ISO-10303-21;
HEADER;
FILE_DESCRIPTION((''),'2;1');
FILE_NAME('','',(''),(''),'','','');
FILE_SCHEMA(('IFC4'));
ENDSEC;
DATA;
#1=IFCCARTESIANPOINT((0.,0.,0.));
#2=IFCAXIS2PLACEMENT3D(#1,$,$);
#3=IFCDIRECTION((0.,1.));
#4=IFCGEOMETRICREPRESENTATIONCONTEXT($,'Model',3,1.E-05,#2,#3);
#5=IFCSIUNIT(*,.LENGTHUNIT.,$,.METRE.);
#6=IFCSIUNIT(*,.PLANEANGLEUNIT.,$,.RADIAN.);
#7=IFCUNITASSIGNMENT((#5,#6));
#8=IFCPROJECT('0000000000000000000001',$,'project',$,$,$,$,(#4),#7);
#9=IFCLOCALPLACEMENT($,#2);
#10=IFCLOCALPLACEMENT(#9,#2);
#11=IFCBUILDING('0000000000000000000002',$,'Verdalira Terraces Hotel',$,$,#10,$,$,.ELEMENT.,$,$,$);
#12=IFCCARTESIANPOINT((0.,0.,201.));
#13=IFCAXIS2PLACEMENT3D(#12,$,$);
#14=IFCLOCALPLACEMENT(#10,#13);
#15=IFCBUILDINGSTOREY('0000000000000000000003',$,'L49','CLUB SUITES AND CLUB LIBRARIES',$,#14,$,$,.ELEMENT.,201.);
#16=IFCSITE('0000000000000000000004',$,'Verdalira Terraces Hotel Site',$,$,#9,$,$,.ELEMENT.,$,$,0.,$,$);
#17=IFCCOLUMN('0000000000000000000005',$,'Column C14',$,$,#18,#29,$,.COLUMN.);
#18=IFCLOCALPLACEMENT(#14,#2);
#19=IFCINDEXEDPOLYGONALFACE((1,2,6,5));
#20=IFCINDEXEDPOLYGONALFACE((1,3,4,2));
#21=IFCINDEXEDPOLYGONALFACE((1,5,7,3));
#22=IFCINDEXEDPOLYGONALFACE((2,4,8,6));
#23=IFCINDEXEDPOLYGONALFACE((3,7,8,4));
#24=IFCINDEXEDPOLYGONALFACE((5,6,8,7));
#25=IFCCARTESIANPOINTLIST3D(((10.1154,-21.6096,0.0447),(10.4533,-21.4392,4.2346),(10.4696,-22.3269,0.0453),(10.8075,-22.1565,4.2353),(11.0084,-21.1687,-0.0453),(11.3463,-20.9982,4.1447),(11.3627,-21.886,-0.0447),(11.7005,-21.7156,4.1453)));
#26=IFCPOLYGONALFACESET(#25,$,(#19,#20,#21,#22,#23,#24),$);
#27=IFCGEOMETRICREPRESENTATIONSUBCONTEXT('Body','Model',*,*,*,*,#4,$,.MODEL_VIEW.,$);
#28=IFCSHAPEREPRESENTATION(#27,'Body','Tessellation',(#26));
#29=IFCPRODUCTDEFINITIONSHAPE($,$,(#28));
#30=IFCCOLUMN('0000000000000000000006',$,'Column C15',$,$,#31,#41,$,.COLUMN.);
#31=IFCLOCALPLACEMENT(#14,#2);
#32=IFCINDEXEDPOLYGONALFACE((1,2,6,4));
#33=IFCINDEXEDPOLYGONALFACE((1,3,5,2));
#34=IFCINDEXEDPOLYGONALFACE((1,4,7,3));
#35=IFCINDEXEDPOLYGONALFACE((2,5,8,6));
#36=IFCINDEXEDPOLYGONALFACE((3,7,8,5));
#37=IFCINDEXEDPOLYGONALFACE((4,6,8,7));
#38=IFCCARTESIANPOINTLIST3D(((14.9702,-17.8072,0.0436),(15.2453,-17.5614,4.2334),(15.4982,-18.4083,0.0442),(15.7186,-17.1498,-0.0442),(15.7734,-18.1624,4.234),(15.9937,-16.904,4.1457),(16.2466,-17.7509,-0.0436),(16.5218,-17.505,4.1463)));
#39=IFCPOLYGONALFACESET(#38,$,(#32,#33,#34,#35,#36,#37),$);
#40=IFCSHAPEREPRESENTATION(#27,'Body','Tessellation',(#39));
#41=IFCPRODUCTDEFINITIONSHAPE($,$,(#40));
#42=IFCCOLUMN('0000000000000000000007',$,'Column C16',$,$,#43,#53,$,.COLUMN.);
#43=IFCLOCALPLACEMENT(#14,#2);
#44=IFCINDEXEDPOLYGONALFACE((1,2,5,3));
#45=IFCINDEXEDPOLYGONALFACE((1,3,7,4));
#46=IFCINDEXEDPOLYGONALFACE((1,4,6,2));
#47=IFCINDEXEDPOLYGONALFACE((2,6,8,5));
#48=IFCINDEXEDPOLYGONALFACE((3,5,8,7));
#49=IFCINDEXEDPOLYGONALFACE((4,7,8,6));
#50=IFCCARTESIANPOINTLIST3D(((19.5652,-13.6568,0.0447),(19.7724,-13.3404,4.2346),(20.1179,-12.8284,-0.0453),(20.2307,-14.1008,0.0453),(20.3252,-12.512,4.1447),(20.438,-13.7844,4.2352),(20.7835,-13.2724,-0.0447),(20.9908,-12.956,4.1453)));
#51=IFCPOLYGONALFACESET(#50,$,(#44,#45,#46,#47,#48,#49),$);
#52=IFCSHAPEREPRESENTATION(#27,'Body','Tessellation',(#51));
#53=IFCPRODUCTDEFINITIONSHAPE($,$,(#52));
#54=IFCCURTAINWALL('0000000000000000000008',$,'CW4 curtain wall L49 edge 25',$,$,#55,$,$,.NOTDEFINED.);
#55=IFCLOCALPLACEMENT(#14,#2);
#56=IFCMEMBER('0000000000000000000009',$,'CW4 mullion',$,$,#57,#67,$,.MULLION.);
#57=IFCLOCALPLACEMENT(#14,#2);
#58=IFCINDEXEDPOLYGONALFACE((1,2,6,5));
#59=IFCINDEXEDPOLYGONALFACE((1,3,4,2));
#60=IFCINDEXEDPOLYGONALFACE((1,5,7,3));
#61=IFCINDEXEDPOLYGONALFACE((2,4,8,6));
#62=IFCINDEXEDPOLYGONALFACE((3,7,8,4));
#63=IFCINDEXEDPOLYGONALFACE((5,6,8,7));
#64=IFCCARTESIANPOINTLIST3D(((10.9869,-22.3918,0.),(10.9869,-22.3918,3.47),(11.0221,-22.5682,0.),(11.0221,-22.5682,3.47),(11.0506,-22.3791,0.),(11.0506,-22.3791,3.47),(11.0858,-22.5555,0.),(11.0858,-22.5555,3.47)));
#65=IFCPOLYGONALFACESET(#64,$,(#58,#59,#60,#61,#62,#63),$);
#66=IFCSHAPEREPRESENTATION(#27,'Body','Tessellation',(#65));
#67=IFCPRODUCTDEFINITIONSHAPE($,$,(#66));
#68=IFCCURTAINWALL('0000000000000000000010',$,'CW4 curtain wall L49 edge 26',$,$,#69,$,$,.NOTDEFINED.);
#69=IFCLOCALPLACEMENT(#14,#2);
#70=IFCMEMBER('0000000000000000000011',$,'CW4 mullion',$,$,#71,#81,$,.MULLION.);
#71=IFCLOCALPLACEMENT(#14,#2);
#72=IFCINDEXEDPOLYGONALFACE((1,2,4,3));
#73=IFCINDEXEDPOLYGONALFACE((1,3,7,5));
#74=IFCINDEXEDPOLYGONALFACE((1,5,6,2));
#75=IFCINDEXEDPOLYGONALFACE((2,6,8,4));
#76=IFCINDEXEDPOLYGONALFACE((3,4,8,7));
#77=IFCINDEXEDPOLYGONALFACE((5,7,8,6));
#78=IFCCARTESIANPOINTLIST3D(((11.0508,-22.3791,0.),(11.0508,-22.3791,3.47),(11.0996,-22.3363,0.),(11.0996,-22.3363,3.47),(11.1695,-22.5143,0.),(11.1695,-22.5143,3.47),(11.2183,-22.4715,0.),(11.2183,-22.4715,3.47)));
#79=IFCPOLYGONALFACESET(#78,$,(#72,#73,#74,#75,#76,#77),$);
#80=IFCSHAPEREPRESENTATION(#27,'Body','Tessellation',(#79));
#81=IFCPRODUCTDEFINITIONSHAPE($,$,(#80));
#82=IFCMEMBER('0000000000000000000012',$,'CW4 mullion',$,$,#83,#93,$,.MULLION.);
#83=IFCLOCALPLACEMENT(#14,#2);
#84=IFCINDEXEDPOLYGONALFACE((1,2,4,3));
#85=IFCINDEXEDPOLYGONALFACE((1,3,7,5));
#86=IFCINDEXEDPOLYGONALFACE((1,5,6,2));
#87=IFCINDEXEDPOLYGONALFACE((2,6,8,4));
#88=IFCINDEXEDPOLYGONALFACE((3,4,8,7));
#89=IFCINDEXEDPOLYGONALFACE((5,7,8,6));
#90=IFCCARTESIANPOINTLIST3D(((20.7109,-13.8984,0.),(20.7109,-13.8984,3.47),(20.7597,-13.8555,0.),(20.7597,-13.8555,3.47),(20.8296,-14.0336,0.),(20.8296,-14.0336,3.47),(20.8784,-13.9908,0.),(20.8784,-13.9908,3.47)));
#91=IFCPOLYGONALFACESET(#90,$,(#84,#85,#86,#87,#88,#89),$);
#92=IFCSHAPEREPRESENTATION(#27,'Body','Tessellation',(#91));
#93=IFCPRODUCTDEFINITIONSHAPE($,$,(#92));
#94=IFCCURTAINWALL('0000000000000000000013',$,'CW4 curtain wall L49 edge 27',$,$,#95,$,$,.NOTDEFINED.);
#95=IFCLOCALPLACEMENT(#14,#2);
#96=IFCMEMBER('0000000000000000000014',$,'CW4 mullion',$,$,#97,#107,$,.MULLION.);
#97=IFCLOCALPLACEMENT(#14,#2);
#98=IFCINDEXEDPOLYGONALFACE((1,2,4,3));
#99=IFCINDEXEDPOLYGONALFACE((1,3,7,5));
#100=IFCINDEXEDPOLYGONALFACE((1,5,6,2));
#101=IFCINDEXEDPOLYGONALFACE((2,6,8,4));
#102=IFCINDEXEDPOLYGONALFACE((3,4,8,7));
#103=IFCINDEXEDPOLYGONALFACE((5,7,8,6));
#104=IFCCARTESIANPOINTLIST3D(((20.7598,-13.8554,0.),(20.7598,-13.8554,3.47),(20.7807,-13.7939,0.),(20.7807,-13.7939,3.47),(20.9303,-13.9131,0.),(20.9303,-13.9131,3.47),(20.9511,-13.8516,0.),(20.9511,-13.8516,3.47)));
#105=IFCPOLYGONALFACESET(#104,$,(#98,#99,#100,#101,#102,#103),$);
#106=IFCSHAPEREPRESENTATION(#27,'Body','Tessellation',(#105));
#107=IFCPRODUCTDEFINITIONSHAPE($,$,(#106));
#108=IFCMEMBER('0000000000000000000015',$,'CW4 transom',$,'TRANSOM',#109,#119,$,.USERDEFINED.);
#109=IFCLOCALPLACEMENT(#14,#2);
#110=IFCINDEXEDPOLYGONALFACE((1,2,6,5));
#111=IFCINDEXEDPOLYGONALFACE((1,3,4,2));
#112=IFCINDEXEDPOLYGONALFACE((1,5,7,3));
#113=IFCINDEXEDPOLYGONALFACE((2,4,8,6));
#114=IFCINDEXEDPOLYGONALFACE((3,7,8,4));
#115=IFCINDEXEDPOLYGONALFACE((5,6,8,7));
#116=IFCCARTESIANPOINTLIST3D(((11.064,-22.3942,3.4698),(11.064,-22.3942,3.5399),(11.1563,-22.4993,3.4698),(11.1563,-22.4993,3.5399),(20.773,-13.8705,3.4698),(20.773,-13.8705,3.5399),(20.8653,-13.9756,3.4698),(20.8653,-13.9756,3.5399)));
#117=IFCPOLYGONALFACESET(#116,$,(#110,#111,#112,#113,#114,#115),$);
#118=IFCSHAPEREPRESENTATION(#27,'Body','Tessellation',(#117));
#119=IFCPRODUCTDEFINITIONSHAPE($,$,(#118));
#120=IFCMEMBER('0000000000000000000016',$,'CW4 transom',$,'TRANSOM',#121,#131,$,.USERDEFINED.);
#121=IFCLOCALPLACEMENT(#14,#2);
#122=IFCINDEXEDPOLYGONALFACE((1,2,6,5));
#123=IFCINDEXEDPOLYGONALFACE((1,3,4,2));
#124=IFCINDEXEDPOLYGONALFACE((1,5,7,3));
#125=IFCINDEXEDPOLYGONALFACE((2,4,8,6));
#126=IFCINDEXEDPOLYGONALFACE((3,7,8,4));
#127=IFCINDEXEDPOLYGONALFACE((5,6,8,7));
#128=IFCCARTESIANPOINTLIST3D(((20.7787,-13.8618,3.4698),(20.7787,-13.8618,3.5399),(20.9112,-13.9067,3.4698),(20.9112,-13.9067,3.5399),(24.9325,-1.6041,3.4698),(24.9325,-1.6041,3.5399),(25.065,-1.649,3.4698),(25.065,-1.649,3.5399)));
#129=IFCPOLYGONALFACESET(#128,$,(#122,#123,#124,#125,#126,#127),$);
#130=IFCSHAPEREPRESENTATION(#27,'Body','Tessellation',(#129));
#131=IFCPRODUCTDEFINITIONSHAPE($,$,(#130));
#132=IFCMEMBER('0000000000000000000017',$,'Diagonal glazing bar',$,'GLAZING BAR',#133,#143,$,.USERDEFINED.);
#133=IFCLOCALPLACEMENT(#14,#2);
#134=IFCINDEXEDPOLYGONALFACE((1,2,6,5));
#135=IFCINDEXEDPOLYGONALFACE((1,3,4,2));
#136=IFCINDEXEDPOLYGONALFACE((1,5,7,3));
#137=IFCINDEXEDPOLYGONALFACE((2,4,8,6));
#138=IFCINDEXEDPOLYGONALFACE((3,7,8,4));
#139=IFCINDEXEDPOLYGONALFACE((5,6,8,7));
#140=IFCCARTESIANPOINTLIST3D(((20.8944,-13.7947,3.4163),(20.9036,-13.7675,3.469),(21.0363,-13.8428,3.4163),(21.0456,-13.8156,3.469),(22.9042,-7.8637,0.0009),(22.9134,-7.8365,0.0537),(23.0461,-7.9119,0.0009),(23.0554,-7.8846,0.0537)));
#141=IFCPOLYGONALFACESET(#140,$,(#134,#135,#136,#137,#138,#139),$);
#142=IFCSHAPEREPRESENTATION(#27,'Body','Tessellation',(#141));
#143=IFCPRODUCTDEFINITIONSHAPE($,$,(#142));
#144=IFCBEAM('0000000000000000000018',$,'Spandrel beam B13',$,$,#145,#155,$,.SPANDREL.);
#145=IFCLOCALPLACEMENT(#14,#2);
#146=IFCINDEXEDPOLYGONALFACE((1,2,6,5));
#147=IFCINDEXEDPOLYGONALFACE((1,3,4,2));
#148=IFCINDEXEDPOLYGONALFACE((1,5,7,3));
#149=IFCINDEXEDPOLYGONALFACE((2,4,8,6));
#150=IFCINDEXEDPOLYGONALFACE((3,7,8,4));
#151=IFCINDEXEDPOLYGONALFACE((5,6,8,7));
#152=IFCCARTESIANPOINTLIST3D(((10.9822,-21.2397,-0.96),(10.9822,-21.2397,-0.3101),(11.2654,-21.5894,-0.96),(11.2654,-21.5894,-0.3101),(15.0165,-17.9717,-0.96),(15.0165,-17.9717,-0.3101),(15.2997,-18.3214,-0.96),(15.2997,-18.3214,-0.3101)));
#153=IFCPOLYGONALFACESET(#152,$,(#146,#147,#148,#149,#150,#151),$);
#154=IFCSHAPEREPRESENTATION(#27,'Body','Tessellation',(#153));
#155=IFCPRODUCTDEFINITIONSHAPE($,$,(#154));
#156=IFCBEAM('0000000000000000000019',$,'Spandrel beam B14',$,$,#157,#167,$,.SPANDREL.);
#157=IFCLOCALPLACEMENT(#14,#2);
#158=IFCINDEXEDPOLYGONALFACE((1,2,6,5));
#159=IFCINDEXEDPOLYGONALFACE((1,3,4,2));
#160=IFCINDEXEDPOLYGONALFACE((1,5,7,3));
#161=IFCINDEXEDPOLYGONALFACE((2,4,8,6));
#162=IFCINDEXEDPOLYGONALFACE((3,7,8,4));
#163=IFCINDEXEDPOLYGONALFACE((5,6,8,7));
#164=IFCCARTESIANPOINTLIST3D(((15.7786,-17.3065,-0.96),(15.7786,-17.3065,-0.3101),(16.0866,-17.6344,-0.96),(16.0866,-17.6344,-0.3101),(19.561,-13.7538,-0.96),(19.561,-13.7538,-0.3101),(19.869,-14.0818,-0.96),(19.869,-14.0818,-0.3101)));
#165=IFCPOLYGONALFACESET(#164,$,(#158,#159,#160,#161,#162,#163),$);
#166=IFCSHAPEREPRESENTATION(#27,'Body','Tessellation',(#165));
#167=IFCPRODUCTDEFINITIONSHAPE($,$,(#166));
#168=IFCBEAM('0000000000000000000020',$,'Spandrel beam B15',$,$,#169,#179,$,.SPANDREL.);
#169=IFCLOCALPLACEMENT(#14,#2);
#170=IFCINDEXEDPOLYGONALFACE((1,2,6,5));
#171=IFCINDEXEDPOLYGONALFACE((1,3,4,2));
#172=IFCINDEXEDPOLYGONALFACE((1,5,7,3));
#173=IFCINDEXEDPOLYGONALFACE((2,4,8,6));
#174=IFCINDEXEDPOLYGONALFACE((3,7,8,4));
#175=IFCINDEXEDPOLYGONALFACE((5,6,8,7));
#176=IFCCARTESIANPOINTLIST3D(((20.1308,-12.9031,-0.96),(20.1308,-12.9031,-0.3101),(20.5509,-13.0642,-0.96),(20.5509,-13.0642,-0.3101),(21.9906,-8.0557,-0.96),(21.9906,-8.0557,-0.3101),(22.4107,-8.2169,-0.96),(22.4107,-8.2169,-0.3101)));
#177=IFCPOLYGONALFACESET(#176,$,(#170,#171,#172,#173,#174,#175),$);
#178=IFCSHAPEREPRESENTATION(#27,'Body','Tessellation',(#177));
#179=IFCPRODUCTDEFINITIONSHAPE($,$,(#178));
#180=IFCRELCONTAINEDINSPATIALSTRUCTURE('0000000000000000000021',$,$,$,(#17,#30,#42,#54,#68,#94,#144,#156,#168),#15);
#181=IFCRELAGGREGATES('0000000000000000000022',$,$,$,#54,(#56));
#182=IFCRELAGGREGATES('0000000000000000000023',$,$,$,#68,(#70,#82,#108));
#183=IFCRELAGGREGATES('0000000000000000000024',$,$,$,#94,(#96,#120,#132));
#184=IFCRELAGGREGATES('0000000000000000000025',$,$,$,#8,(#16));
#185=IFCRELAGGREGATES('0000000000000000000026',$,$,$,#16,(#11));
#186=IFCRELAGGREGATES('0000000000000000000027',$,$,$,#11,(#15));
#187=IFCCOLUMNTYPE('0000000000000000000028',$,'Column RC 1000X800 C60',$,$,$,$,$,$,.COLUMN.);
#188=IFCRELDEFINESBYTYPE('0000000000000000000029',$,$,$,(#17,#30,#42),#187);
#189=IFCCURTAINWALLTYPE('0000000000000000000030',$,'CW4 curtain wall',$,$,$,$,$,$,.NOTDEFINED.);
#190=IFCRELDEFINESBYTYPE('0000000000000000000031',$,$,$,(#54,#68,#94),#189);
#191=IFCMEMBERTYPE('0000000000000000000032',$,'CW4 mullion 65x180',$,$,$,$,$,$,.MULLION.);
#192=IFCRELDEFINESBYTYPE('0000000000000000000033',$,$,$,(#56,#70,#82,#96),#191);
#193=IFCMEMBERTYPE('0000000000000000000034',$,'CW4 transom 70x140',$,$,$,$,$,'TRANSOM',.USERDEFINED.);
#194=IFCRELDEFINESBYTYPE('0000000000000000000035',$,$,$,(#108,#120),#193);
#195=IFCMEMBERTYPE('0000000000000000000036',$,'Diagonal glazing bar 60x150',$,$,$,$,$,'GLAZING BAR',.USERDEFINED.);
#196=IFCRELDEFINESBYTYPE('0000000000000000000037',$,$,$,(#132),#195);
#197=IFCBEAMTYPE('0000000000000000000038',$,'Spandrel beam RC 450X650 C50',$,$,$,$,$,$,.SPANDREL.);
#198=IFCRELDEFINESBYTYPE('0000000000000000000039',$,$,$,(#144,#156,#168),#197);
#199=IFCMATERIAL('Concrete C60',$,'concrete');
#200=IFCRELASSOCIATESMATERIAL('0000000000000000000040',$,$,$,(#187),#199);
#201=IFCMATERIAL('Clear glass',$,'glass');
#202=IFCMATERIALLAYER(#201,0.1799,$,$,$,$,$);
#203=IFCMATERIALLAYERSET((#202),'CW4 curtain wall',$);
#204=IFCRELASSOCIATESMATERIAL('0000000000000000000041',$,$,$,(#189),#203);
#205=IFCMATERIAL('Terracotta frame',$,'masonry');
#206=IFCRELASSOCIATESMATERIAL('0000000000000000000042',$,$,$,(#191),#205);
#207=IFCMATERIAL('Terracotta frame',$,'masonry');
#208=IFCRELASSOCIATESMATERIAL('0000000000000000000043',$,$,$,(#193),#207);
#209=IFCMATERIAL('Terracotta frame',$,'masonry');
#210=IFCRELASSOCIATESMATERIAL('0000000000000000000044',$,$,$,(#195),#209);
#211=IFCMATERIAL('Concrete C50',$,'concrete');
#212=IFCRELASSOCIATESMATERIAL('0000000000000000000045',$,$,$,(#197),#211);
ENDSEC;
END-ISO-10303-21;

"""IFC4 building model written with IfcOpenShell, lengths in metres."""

from ifc_helpers import new_model, si_unit, direction, frame, origin, origin_2d, place, context, subcontext, project, spatial, rectangle, extrude, material, layer, layer_set, material_profile, profile_set, type_object, element, aggregate, save


model = new_model("IFC4")

# Units and contexts
model_context = context("Model", 3, precision=1e-05, world=origin(), true_north=direction((0.0, 1.0)))
body_context = subcontext(model_context, "Body", "Model", "MODEL_VIEW")
ifc_project = project(units=[si_unit("LENGTHUNIT", "METRE"), si_unit("PLANEANGLEUNIT", "RADIAN")], contexts=[model_context])

# Site, building, storey
site_placement = place(None, origin())
site = spatial("IfcSite", under=ifc_project, at=site_placement, Name="Verdalira Terraces Hotel Site", CompositionType="ELEMENT", RefElevation=0.0)
building_placement = place(site_placement, origin())
building = spatial("IfcBuilding", under=site, at=building_placement, Name="Verdalira Terraces Hotel", CompositionType="ELEMENT")
storey_placement = place(building_placement, frame((0.0, 0.0, 201.0)))
storey = spatial("IfcBuildingStorey", under=building, at=storey_placement, Name="L49", Description="CLUB SUITES AND CLUB LIBRARIES", CompositionType="ELEMENT", Elevation=201.0)

# Columns
ifc_material_1 = material(Name="Concrete C60", Category="concrete")
ifc_material_profile_1 = material_profile(ifc_material_1, rectangle(XDim=1.0, YDim=0.8, at=origin_2d()), Name="RC 1000X800")
ifc_profile_set_1 = profile_set([ifc_material_profile_1], Name="Concrete C60")
column_type = type_object("IfcColumnType", Name="Column RC 1000X800 C60", PredefinedType="COLUMN", material=ifc_profile_set_1)
column_1_placement = place(storey_placement, frame((10.739, -21.7478, 0.0), z_axis=(0.080316, 0.040506, 0.995946), x_axis=(-0.893011, -0.440955, 0.089949)))
element("IfcColumn", 1, at=column_1_placement, inside=storey, type_object=column_type, Name="Column C14", PredefinedType="COLUMN", context=body_context, shape_type="SweptSolid", body=[
    extrude(rectangle(XDim=1.0, YDim=0.8, at=origin_2d()), origin(), (0.0, 0.0, 1.0), 4.207),
])
column_2_placement = place(storey_placement, frame((15.6084, -17.7791, 0.0), z_axis=(0.065415, 0.05845, 0.996145), x_axis=(0.748394, 0.657428, -0.087721)))
element("IfcColumn", 2, at=column_2_placement, inside=storey, type_object=column_type, Name="Column C15", PredefinedType="COLUMN", context=body_context, shape_type="SweptSolid", body=[
    extrude(rectangle(XDim=1.0, YDim=0.8, at=origin_2d()), origin(), (0.0, 0.0, 1.0), 4.2061),
])
column_3_placement = place(storey_placement, frame((20.1743, -13.4646, 0.0), z_axis=(0.049269, 0.07521, 0.99595), x_axis=(-0.552778, -0.828464, 0.089908)))
element("IfcColumn", 3, at=column_3_placement, inside=storey, type_object=column_type, Name="Column C16", PredefinedType="COLUMN", context=body_context, shape_type="SweptSolid", body=[
    extrude(rectangle(XDim=1.0, YDim=0.8, at=origin_2d()), origin(), (0.0, 0.0, 1.0), 4.207),
])

# Curtain wall, member
ifc_material_2 = material(Name="Clear glass", Category="glass")
ifc_layer_1 = layer(ifc_material_2, 0.1799)
ifc_layer_set_1 = layer_set([ifc_layer_1], Name="CW4 curtain wall")
curtain_wall_type = type_object("IfcCurtainWallType", Name="CW4 curtain wall", PredefinedType="NOTDEFINED", material=ifc_layer_set_1)
curtain_wall_1_placement = place(storey_placement, origin())
curtain_wall_1 = element("IfcCurtainWall", 4, at=curtain_wall_1_placement, inside=storey, type_object=curtain_wall_type, Name="CW4 curtain wall L49 edge 25", PredefinedType="NOTDEFINED")
ifc_material_3 = material(Name="Terracotta frame", Category="masonry")
ifc_material_profile_2 = material_profile(ifc_material_3, rectangle(XDim=0.0649, YDim=0.1799, at=origin_2d()), Name="MU 65x180")
ifc_profile_set_2 = profile_set([ifc_material_profile_2], Name="Terracotta frame")
member_type_1 = type_object("IfcMemberType", Name="CW4 mullion 65x180", PredefinedType="MULLION", material=ifc_profile_set_2)
member_1_placement = place(storey_placement, frame((11.0364, -22.4736, 0.0), z_axis=(0.0, 0.0, 1.0), x_axis=(0.980683, 0.195604, 0.0)))
member_1 = element("IfcMember", 5, at=member_1_placement, type_object=member_type_1, Name="CW4 mullion", PredefinedType="MULLION", context=body_context, shape_type="SweptSolid", body=[
    extrude(rectangle(XDim=0.0649, YDim=0.1799, at=origin_2d()), origin(), (0.0, 0.0, 1.0), 3.47),
])
aggregate(curtain_wall_1, [member_1])

# Curtain wall, members
curtain_wall_2_placement = place(storey_placement, origin())
curtain_wall_2 = element("IfcCurtainWall", 6, at=curtain_wall_2_placement, inside=storey, type_object=curtain_wall_type, Name="CW4 curtain wall L49 edge 26", PredefinedType="NOTDEFINED")
member_2_placement = place(storey_placement, frame((11.1345, -22.4253, 0.0), z_axis=(0.0, 0.0, 1.0), x_axis=(0.751494, 0.659739, 0.0)))
member_2 = element("IfcMember", 7, at=member_2_placement, type_object=member_type_1, Name="CW4 mullion", PredefinedType="MULLION", context=body_context, shape_type="SweptSolid", body=[
    extrude(rectangle(XDim=0.0649, YDim=0.1799, at=origin_2d()), origin(), (0.0, 0.0, 1.0), 3.47),
])
member_3_placement = place(storey_placement, frame((20.7947, -13.9446, 0.0), z_axis=(0.0, 0.0, 1.0), x_axis=(0.751494, 0.659739, 0.0)))
member_3 = element("IfcMember", 8, at=member_3_placement, type_object=member_type_1, Name="CW4 mullion", PredefinedType="MULLION", context=body_context, shape_type="SweptSolid", body=[
    extrude(rectangle(XDim=0.0649, YDim=0.1799, at=origin_2d()), origin(), (0.0, 0.0, 1.0), 3.47),
])

# Curtain wall, member
curtain_wall_3_placement = place(storey_placement, origin())
curtain_wall_3 = element("IfcCurtainWall", 9, at=curtain_wall_3_placement, inside=storey, type_object=curtain_wall_type, Name="CW4 curtain wall L49 edge 27", PredefinedType="NOTDEFINED")
member_4_placement = place(storey_placement, frame((20.8555, -13.8535, 0.0), z_axis=(0.0, 0.0, 1.0), x_axis=(0.320944, 0.947098, 0.0)))
member_4 = element("IfcMember", 10, at=member_4_placement, type_object=member_type_1, Name="CW4 mullion", PredefinedType="MULLION", context=body_context, shape_type="SweptSolid", body=[
    extrude(rectangle(XDim=0.0649, YDim=0.1799, at=origin_2d()), origin(), (0.0, 0.0, 1.0), 3.47),
])

# Members
ifc_material_4 = material(Name="Terracotta frame", Category="masonry")
ifc_material_profile_3 = material_profile(ifc_material_4, rectangle(XDim=0.1399, YDim=0.0701, at=origin_2d()), Name="TR 70x140")
ifc_profile_set_3 = profile_set([ifc_material_profile_3], Name="Terracotta frame")
member_type_2 = type_object("IfcMemberType", Name="CW4 transom 70x140", ElementType="TRANSOM", PredefinedType="USERDEFINED", material=ifc_profile_set_3)
member_5_placement = place(storey_placement, frame((11.1101, -22.4468, 3.5049), z_axis=(0.751489, 0.659745, 0.0), x_axis=(-0.659745, 0.751489, 0.0)))
member_5 = element("IfcMember", 11, at=member_5_placement, type_object=member_type_2, Name="CW4 transom", ObjectType="TRANSOM", PredefinedType="USERDEFINED", context=body_context, shape_type="SweptSolid", body=[
    extrude(rectangle(XDim=0.1399, YDim=0.0701, at=origin_2d()), origin(), (0.0, 0.0, 1.0), 12.9197),
])
member_6_placement = place(storey_placement, frame((20.845, -13.8843, 3.5049), z_axis=(0.320943, 0.947098, 0.0), x_axis=(-0.947098, 0.320943, 0.0)))
member_6 = element("IfcMember", 12, at=member_6_placement, type_object=member_type_2, Name="CW4 transom", ObjectType="TRANSOM", PredefinedType="USERDEFINED", context=body_context, shape_type="SweptSolid", body=[
    extrude(rectangle(XDim=0.1399, YDim=0.0701, at=origin_2d()), origin(), (0.0, 0.0, 1.0), 12.9424),
])
ifc_material_5 = material(Name="Terracotta frame", Category="masonry")
ifc_material_profile_4 = material_profile(ifc_material_5, rectangle(XDim=0.1499, YDim=0.0601, at=origin_2d()), Name="GB 60x150")
ifc_profile_set_4 = profile_set([ifc_material_profile_4], Name="Terracotta frame")
member_type_3 = type_object("IfcMemberType", Name="Diagonal glazing bar 60x150", ElementType="GLAZING BAR", PredefinedType="USERDEFINED", material=ifc_profile_set_4)
member_7_placement = place(storey_placement, frame((20.97, -13.8052, 3.4426), z_axis=(0.281758, 0.83148, -0.478804), x_axis=(-0.9471, 0.320937, 0.0)))
member_7 = element("IfcMember", 13, at=member_7_placement, type_object=member_type_3, Name="Diagonal glazing bar", ObjectType="GLAZING BAR", PredefinedType="USERDEFINED", context=body_context, shape_type="SweptSolid", body=[
    extrude(rectangle(XDim=0.1499, YDim=0.0601, at=origin_2d()), origin(), (0.0, 0.0, 1.0), 7.1331),
])

# Beams
ifc_material_6 = material(Name="Concrete C50", Category="concrete")
ifc_material_profile_5 = material_profile(ifc_material_6, rectangle(XDim=0.45, YDim=0.6499, at=origin_2d()), Name="RC 450X650")
ifc_profile_set_5 = profile_set([ifc_material_profile_5], Name="Concrete C50")
beam_type = type_object("IfcBeamType", Name="Spandrel beam RC 450X650 C50", PredefinedType="SPANDREL", material=ifc_profile_set_5)
beam_1_placement = place(storey_placement, frame((11.1238, -21.4146, -0.635), z_axis=(0.777047, 0.629443, 0.0), x_axis=(-0.629443, 0.777047, 0.0)))
element("IfcBeam", 14, at=beam_1_placement, inside=storey, type_object=beam_type, Name="Spandrel beam B13", PredefinedType="SPANDREL", context=body_context, shape_type="SweptSolid", body=[
    extrude(rectangle(XDim=0.45, YDim=0.6499, at=origin_2d()), origin(), (0.0, 0.0, 1.0), 5.1919),
])
beam_2_placement = place(storey_placement, frame((15.9326, -17.4705, -0.635), z_axis=(0.728896, 0.684625, 0.0), x_axis=(-0.684625, 0.728896, 0.0)))
element("IfcBeam", 15, at=beam_2_placement, inside=storey, type_object=beam_type, Name="Spandrel beam B14", PredefinedType="SPANDREL", context=body_context, shape_type="SweptSolid", body=[
    extrude(rectangle(XDim=0.45, YDim=0.6499, at=origin_2d()), origin(), (0.0, 0.0, 1.0), 5.1892),
])
beam_3_placement = place(storey_placement, frame((20.3408, -12.9836, -0.635), z_axis=(0.35822, 0.933637, 0.0), x_axis=(-0.933637, 0.35822, 0.0)))
element("IfcBeam", 16, at=beam_3_placement, inside=storey, type_object=beam_type, Name="Spandrel beam B15", PredefinedType="SPANDREL", context=body_context, shape_type="SweptSolid", body=[
    extrude(rectangle(XDim=0.45, YDim=0.6499, at=origin_2d()), origin(), (0.0, 0.0, 1.0), 5.1919),
])

aggregate(curtain_wall_2, [member_2, member_3, member_5])
aggregate(curtain_wall_3, [member_4, member_6, member_7])

save(model, "model.ifc")
